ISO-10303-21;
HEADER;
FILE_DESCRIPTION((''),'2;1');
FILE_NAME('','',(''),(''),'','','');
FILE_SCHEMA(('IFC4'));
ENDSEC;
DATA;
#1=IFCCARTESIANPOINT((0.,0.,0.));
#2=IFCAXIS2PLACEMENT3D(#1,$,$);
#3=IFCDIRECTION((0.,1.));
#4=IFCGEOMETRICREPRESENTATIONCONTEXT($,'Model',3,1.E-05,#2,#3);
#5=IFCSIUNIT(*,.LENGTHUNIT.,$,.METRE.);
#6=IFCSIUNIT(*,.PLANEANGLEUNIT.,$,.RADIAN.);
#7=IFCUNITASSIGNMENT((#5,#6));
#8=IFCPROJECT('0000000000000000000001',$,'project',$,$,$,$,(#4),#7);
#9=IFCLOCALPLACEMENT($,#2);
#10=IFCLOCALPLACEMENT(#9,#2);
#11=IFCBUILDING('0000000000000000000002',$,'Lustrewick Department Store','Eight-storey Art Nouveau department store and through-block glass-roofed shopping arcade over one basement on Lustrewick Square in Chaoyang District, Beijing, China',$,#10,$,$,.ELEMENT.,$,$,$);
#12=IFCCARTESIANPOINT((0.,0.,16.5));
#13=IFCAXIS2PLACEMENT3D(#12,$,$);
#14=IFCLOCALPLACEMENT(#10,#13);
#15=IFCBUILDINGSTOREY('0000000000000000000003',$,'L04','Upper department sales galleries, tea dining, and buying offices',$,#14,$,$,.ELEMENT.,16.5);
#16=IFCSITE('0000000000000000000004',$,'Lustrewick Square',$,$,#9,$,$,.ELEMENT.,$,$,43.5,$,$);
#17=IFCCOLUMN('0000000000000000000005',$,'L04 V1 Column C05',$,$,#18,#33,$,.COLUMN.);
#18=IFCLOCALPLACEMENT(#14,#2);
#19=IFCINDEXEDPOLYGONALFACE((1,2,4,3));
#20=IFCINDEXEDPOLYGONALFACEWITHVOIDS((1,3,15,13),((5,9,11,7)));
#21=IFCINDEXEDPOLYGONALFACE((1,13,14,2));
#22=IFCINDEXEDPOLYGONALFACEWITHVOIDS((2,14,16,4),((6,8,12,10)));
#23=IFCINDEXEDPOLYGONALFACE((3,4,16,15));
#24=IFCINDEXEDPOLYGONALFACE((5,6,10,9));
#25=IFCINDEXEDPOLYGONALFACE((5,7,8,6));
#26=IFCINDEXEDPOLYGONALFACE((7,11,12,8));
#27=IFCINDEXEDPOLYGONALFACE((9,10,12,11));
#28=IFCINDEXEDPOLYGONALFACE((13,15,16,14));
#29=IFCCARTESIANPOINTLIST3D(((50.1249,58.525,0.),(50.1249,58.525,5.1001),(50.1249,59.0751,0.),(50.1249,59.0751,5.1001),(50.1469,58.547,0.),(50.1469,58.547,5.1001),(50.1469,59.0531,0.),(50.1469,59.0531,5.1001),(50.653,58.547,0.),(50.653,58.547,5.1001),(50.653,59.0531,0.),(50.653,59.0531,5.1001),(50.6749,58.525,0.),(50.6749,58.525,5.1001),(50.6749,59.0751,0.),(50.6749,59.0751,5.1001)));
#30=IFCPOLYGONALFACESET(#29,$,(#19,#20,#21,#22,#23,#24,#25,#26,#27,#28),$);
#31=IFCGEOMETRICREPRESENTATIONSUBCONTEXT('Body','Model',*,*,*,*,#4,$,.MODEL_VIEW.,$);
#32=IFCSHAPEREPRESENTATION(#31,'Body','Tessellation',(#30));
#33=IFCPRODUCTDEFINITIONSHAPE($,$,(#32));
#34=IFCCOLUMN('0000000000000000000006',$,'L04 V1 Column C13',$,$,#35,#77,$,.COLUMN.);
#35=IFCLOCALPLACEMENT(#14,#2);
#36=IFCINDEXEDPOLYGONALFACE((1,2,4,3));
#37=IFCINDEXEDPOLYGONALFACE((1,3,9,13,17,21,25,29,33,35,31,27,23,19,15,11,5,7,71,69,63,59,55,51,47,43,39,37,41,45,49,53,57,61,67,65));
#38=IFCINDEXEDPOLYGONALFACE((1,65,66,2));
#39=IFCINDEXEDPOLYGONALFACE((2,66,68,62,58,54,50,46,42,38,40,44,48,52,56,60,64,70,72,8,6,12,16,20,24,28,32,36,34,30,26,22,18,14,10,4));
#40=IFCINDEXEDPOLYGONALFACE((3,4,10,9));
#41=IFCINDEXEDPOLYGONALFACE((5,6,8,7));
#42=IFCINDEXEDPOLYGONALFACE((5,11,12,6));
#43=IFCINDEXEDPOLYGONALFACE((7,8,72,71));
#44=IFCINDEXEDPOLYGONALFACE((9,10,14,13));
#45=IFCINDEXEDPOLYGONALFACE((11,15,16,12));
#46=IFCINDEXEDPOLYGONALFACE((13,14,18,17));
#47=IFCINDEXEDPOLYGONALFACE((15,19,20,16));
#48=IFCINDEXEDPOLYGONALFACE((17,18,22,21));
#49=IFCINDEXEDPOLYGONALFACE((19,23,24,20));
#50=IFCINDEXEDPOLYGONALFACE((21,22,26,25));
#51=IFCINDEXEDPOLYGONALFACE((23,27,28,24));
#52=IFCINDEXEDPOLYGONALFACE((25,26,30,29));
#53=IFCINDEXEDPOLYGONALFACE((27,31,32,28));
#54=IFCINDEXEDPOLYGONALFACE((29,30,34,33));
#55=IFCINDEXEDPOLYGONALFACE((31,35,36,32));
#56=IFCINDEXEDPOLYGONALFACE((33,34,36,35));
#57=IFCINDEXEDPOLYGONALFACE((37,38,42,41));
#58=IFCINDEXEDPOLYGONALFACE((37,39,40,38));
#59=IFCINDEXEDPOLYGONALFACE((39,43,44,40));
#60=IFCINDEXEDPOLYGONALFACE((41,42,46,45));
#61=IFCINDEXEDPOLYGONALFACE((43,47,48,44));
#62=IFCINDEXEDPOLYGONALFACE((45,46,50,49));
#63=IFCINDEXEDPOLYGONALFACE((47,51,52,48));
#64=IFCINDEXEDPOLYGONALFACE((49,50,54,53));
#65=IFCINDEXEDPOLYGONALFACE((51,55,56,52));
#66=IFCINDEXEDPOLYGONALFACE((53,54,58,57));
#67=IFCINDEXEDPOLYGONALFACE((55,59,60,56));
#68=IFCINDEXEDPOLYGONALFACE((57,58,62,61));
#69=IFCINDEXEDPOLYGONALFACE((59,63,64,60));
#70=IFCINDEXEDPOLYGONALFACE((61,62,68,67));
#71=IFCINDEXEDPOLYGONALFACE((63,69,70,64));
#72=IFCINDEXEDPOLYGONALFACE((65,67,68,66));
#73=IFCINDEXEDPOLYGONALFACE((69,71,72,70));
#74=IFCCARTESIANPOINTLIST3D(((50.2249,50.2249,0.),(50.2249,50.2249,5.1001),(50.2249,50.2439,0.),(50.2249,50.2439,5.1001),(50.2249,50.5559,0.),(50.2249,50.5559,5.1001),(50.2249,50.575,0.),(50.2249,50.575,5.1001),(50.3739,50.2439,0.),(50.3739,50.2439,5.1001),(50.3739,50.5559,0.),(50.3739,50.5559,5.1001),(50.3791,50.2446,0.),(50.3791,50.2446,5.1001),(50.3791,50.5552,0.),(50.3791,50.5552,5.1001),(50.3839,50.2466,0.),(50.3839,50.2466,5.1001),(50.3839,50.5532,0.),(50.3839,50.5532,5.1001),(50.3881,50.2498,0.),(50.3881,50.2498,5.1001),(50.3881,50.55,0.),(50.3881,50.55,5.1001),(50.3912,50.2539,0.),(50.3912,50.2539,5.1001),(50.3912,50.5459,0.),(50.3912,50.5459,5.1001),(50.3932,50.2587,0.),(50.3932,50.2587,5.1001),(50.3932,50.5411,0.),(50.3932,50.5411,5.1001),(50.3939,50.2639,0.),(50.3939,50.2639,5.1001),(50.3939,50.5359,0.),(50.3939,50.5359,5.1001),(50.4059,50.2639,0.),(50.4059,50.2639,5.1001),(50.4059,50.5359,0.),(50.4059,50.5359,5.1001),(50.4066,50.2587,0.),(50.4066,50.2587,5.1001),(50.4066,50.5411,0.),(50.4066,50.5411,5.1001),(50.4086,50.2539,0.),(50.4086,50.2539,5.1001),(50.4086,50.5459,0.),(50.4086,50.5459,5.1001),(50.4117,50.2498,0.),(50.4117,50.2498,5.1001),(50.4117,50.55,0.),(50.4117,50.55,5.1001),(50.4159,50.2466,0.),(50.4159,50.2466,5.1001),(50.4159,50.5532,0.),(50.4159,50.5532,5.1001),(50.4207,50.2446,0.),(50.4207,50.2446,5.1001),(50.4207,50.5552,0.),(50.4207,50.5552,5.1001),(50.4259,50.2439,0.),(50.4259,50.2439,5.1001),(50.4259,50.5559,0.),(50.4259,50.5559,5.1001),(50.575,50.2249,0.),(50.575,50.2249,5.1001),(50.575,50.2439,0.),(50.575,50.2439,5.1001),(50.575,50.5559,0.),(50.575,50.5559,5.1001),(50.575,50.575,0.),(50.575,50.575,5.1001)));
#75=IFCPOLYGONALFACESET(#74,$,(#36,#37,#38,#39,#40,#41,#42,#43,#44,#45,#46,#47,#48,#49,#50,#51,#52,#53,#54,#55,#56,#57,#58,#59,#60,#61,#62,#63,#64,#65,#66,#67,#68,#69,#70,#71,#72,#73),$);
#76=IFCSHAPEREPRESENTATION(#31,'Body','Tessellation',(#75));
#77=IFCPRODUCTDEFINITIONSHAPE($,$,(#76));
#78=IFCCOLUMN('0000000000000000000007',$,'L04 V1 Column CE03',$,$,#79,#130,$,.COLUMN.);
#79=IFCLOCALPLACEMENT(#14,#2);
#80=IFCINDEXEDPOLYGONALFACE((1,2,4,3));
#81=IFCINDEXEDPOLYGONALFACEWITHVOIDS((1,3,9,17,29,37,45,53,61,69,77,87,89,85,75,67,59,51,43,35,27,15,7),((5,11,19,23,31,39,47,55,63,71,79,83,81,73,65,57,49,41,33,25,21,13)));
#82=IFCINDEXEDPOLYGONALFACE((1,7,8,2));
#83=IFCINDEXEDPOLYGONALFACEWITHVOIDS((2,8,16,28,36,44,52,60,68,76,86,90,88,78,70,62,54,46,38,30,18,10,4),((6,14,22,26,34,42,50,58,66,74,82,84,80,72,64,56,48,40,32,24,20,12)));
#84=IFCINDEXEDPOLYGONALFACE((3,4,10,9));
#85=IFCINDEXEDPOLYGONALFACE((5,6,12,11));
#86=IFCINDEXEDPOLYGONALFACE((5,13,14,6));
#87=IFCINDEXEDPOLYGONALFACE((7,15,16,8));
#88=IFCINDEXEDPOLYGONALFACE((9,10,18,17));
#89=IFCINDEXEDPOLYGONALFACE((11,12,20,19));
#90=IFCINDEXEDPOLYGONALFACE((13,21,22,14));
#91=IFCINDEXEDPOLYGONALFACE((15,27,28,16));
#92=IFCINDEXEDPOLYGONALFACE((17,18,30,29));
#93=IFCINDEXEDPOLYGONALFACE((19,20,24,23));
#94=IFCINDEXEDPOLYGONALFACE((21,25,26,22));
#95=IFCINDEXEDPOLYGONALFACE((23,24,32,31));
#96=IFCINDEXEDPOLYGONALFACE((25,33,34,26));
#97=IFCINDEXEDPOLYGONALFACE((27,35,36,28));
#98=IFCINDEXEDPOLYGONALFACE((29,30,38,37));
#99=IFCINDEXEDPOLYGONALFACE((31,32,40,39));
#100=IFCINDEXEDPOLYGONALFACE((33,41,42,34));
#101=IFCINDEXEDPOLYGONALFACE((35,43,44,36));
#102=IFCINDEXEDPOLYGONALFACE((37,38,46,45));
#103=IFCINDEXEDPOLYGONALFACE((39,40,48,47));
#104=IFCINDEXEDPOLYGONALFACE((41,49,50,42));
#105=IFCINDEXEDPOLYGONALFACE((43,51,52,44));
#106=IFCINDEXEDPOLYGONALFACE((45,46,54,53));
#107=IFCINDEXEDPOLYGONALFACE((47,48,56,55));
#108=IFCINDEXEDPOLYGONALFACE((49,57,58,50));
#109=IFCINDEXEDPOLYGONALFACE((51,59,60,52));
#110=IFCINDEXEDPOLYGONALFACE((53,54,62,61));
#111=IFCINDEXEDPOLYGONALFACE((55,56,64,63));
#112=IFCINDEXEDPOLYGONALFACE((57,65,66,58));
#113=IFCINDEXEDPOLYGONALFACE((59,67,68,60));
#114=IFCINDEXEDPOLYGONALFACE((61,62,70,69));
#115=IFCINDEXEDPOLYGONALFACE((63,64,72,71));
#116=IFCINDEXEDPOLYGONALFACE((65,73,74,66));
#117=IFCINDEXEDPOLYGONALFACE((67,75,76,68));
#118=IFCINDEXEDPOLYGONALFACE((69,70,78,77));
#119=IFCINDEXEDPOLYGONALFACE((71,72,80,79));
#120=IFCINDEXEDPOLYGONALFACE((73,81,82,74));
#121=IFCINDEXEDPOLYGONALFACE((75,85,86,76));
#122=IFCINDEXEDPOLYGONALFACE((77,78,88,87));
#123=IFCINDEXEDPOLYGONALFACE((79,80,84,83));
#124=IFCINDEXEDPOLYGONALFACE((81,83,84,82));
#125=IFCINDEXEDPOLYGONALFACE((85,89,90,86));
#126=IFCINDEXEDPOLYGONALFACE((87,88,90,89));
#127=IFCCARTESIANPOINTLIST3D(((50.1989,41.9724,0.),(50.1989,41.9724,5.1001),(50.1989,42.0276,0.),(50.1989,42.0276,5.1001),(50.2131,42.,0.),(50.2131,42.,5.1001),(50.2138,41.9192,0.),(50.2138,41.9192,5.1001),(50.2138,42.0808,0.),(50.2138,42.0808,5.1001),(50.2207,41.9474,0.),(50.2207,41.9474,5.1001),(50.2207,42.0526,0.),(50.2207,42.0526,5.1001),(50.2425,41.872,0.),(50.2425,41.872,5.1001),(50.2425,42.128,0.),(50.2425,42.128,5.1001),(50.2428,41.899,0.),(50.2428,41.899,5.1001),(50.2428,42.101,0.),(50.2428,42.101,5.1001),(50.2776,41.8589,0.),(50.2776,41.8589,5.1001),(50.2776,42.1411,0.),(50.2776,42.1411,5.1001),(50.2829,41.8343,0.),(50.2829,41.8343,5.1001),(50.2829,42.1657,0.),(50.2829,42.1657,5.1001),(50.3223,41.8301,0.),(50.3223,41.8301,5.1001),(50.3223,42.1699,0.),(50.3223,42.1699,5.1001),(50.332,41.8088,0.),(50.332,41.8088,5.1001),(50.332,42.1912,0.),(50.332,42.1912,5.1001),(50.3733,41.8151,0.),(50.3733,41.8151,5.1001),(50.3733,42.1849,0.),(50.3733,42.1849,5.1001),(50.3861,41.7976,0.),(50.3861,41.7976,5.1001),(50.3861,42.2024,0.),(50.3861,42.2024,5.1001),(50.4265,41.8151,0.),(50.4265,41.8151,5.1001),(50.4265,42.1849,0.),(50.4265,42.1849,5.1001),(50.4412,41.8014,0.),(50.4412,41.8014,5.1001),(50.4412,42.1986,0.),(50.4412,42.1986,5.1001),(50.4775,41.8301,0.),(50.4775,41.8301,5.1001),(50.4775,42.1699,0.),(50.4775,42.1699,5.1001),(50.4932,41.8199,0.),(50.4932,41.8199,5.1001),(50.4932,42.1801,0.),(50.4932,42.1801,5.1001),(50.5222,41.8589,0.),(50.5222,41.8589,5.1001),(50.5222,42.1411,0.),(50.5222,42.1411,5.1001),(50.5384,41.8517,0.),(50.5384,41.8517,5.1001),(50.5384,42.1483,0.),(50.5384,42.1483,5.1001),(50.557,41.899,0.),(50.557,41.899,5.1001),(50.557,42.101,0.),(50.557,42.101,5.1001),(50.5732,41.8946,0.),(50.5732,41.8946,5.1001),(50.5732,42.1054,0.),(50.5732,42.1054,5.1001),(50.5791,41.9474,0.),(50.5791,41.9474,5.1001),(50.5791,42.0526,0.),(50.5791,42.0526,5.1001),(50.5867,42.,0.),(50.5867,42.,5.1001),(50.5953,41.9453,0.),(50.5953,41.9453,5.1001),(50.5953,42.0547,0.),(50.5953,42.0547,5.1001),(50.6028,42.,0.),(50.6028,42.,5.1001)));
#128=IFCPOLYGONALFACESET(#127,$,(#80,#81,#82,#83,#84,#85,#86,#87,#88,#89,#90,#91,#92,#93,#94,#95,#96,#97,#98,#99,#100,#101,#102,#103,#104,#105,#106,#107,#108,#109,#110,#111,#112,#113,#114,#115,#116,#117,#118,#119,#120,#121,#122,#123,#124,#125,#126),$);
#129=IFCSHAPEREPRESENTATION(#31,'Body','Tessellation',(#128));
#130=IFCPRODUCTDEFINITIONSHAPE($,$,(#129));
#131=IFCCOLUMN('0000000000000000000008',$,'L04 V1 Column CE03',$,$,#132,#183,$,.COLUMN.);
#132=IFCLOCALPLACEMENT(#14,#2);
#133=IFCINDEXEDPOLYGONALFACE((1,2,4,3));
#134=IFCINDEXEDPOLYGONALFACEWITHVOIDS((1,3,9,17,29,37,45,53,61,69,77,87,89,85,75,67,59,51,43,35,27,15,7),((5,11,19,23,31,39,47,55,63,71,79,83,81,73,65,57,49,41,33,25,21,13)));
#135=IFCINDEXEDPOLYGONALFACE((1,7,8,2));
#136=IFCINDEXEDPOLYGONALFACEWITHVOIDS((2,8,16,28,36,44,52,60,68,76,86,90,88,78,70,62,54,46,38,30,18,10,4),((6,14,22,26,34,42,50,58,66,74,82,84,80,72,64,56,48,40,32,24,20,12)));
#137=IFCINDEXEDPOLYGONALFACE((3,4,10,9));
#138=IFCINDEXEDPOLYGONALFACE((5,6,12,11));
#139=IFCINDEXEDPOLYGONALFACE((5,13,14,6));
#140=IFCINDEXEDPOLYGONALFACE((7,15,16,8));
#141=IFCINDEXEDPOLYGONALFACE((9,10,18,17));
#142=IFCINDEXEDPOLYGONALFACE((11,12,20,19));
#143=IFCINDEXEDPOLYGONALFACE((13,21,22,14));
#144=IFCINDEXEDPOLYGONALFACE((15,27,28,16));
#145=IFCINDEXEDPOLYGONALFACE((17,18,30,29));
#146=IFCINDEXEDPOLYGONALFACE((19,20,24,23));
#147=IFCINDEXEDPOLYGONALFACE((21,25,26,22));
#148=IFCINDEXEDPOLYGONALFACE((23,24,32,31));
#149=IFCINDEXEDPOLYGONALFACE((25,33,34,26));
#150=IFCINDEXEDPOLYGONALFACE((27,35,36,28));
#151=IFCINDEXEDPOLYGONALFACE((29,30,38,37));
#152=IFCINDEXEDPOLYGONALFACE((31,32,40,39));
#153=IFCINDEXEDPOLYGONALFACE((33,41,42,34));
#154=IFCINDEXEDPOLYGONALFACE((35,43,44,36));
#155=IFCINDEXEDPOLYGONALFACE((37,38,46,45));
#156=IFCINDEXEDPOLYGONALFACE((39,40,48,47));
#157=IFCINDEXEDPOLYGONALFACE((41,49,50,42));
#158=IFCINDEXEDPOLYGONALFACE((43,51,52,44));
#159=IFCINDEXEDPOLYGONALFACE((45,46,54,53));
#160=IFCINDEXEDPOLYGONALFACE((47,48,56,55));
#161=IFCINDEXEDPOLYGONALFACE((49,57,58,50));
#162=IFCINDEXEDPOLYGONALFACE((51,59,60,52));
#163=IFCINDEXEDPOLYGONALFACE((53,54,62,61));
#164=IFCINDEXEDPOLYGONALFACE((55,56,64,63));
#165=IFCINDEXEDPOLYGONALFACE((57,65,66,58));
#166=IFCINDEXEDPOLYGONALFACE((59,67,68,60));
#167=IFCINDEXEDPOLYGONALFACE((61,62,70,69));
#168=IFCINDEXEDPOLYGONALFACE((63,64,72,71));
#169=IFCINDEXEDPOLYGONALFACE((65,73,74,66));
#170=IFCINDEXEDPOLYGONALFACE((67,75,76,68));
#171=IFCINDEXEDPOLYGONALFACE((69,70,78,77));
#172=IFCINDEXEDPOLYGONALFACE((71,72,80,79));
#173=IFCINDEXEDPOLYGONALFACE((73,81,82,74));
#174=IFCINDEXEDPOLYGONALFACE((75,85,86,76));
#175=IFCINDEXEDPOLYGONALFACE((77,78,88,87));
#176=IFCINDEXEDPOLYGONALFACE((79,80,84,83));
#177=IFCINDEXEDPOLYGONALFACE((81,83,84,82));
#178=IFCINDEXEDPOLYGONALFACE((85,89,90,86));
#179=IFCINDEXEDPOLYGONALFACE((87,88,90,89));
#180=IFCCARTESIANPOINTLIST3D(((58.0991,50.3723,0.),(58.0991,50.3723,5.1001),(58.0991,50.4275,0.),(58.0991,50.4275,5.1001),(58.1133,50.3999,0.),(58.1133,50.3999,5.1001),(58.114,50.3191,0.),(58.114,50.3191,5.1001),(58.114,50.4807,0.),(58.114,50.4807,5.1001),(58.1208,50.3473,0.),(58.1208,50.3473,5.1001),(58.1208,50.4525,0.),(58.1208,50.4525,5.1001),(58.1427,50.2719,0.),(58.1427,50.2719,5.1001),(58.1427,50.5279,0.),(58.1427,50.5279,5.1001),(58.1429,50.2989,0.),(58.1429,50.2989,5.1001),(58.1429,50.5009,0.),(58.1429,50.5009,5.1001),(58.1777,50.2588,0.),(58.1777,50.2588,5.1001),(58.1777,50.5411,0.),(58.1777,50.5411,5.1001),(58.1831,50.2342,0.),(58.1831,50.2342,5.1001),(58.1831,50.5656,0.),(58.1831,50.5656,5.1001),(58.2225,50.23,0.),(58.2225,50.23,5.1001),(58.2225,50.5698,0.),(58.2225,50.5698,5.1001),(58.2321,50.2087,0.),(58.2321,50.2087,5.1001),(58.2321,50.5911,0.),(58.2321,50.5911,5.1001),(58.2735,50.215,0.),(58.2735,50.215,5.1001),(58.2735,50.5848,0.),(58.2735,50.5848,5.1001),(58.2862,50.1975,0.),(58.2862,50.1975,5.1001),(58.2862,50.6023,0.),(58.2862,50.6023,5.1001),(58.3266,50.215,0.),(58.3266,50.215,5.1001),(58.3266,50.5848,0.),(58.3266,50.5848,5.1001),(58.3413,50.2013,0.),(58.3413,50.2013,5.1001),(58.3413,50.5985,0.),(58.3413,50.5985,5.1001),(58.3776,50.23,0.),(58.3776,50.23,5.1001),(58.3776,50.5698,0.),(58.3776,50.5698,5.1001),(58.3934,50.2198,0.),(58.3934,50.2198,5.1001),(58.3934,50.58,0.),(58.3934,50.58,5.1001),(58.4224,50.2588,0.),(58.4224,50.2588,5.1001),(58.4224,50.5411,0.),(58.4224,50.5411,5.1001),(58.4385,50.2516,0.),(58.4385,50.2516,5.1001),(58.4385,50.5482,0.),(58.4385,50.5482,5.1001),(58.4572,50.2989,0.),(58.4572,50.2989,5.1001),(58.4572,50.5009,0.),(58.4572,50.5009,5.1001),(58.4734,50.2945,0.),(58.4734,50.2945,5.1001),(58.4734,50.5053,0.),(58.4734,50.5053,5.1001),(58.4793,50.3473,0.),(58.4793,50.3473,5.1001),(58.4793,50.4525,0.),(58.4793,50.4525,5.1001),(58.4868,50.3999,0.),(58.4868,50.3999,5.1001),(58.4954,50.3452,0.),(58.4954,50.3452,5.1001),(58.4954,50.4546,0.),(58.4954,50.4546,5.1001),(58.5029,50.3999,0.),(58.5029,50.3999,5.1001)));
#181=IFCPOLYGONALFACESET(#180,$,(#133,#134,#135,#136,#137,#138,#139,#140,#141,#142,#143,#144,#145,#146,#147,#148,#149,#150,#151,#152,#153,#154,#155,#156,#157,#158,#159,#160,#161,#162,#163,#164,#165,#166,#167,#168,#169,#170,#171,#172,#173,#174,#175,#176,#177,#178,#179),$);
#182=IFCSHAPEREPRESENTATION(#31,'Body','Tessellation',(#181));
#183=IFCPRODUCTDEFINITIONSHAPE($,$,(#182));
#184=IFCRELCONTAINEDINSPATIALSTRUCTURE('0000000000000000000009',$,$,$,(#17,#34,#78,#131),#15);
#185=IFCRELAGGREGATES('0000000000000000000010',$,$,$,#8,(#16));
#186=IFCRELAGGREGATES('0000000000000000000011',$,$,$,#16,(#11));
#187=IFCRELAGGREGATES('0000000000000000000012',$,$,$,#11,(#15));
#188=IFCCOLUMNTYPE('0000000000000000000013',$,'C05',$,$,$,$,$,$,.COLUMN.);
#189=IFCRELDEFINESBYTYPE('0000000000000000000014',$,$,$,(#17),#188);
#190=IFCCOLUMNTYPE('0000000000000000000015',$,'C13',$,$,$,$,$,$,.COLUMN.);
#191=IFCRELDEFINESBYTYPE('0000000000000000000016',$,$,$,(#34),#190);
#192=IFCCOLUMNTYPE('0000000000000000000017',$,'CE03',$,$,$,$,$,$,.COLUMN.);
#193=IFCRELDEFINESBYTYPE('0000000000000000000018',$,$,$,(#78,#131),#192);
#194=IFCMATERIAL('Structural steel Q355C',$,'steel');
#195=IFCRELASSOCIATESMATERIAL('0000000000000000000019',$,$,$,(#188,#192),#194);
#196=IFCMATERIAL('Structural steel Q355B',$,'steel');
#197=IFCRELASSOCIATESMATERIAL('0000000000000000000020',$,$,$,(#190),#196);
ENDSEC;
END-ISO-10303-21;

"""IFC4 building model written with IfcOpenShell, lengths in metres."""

from ifc_helpers import new_model, si_unit, direction, frame, origin, origin_2d, place, context, subcontext, project, spatial, hollow_rectangle, hollow_circle, i_section, extrude, material, material_profile, profile_set, type_object, element, save


model = new_model("IFC4")

# Units and contexts
model_context = context("Model", 3, precision=1e-05, world=origin(), true_north=direction((0.0, 1.0)))
body_context = subcontext(model_context, "Body", "Model", "MODEL_VIEW")
ifc_project = project(units=[si_unit("LENGTHUNIT", "METRE"), si_unit("PLANEANGLEUNIT", "RADIAN")], contexts=[model_context])

# Site, building, storey
site_placement = place(None, origin())
site = spatial("IfcSite", under=ifc_project, at=site_placement, Name="Lustrewick Square", CompositionType="ELEMENT", RefElevation=43.5)
building_placement = place(site_placement, origin())
building = spatial("IfcBuilding", under=site, at=building_placement, Name="Lustrewick Department Store", Description="Eight-storey Art Nouveau department store and through-block glass-roofed shopping arcade over one basement on Lustrewick Square in Chaoyang District, Beijing, China", CompositionType="ELEMENT")
storey_placement = place(building_placement, frame((0.0, 0.0, 16.5)))
storey = spatial("IfcBuildingStorey", under=building, at=storey_placement, Name="L04", Description="Upper department sales galleries, tea dining, and buying offices", CompositionType="ELEMENT", Elevation=16.5)

# Columns
ifc_material_1 = material(Name="Structural steel Q355C", Category="steel")
ifc_material_profile_1 = material_profile(ifc_material_1, hollow_rectangle(XDim=0.55, YDim=0.55, WallThickness=0.022, at=origin_2d()), Name="BOX 550x550x22")
ifc_profile_set_1 = profile_set([ifc_material_profile_1], Name="Structural steel Q355C")
column_type_1 = type_object("IfcColumnType", Name="C05", PredefinedType="COLUMN", material=ifc_profile_set_1)
column_1_placement = place(storey_placement, frame((50.3999, 58.8, 0.0), z_axis=(0.0, 0.0, 1.0), x_axis=(1.0, 0.0, 0.0)))
element("IfcColumn", 1, at=column_1_placement, inside=storey, type_object=column_type_1, Name="L04 V1 Column C05", PredefinedType="COLUMN", context=body_context, shape_type="SweptSolid", body=[
    extrude(hollow_rectangle(XDim=0.55, YDim=0.55, WallThickness=0.022, at=origin_2d()), origin(), (0.0, 0.0, 1.0), 5.1001),
])
ifc_material_2 = material(Name="Structural steel Q355B", Category="steel")
ifc_material_profile_2 = material_profile(ifc_material_2, i_section(OverallWidth=0.3501, OverallDepth=0.3501, WebThickness=0.012, FlangeThickness=0.019, FilletRadius=0.02, at=origin_2d()), Name="HW 350x350x12x19")
ifc_profile_set_2 = profile_set([ifc_material_profile_2], Name="Structural steel Q355B")
column_type_2 = type_object("IfcColumnType", Name="C13", PredefinedType="COLUMN", material=ifc_profile_set_2)
column_2_placement = place(storey_placement, frame((50.3999, 50.3999, 0.0), z_axis=(0.0, 0.0, 1.0), x_axis=(1.0, 0.0, 0.0)))
element("IfcColumn", 2, at=column_2_placement, inside=storey, type_object=column_type_2, Name="L04 V1 Column C13", PredefinedType="COLUMN", context=body_context, shape_type="SweptSolid", body=[
    extrude(i_section(OverallWidth=0.3501, OverallDepth=0.3501, WebThickness=0.012, FlangeThickness=0.019, FilletRadius=0.02, at=origin_2d()), origin(), (0.0, 0.0, 1.0), 5.1001),
])
ifc_material_profile_3 = material_profile(ifc_material_1, hollow_circle(Radius=0.2029, WallThickness=0.0161, at=origin_2d()), Name="CHS 406x16")
ifc_profile_set_3 = profile_set([ifc_material_profile_3], Name="Structural steel Q355C")
column_type_3 = type_object("IfcColumnType", Name="CE03", PredefinedType="COLUMN", material=ifc_profile_set_3)
for number, where, z_axis, x_axis, name in (
    (3, (50.3999, 42.0, 0.0), (0.0, 0.0, 1.0), (1.0, 0.0, 0.0), "L04 V1 Column CE03"),
    (4, (58.3, 50.3999, 0.0), (0.0, 0.0, 1.0), (1.0, 0.0, 0.0), "L04 V1 Column CE03"),
):
    element("IfcColumn", number, at=place(storey_placement, frame(where, z_axis=z_axis, x_axis=x_axis)), inside=storey, type_object=column_type_3, Name=name, PredefinedType="COLUMN", context=body_context, shape_type="SweptSolid", body=[
        extrude(hollow_circle(Radius=0.2029, WallThickness=0.0161, at=origin_2d()), origin(), (0.0, 0.0, 1.0), 5.1001),
    ])

save(model, "model.ifc")
